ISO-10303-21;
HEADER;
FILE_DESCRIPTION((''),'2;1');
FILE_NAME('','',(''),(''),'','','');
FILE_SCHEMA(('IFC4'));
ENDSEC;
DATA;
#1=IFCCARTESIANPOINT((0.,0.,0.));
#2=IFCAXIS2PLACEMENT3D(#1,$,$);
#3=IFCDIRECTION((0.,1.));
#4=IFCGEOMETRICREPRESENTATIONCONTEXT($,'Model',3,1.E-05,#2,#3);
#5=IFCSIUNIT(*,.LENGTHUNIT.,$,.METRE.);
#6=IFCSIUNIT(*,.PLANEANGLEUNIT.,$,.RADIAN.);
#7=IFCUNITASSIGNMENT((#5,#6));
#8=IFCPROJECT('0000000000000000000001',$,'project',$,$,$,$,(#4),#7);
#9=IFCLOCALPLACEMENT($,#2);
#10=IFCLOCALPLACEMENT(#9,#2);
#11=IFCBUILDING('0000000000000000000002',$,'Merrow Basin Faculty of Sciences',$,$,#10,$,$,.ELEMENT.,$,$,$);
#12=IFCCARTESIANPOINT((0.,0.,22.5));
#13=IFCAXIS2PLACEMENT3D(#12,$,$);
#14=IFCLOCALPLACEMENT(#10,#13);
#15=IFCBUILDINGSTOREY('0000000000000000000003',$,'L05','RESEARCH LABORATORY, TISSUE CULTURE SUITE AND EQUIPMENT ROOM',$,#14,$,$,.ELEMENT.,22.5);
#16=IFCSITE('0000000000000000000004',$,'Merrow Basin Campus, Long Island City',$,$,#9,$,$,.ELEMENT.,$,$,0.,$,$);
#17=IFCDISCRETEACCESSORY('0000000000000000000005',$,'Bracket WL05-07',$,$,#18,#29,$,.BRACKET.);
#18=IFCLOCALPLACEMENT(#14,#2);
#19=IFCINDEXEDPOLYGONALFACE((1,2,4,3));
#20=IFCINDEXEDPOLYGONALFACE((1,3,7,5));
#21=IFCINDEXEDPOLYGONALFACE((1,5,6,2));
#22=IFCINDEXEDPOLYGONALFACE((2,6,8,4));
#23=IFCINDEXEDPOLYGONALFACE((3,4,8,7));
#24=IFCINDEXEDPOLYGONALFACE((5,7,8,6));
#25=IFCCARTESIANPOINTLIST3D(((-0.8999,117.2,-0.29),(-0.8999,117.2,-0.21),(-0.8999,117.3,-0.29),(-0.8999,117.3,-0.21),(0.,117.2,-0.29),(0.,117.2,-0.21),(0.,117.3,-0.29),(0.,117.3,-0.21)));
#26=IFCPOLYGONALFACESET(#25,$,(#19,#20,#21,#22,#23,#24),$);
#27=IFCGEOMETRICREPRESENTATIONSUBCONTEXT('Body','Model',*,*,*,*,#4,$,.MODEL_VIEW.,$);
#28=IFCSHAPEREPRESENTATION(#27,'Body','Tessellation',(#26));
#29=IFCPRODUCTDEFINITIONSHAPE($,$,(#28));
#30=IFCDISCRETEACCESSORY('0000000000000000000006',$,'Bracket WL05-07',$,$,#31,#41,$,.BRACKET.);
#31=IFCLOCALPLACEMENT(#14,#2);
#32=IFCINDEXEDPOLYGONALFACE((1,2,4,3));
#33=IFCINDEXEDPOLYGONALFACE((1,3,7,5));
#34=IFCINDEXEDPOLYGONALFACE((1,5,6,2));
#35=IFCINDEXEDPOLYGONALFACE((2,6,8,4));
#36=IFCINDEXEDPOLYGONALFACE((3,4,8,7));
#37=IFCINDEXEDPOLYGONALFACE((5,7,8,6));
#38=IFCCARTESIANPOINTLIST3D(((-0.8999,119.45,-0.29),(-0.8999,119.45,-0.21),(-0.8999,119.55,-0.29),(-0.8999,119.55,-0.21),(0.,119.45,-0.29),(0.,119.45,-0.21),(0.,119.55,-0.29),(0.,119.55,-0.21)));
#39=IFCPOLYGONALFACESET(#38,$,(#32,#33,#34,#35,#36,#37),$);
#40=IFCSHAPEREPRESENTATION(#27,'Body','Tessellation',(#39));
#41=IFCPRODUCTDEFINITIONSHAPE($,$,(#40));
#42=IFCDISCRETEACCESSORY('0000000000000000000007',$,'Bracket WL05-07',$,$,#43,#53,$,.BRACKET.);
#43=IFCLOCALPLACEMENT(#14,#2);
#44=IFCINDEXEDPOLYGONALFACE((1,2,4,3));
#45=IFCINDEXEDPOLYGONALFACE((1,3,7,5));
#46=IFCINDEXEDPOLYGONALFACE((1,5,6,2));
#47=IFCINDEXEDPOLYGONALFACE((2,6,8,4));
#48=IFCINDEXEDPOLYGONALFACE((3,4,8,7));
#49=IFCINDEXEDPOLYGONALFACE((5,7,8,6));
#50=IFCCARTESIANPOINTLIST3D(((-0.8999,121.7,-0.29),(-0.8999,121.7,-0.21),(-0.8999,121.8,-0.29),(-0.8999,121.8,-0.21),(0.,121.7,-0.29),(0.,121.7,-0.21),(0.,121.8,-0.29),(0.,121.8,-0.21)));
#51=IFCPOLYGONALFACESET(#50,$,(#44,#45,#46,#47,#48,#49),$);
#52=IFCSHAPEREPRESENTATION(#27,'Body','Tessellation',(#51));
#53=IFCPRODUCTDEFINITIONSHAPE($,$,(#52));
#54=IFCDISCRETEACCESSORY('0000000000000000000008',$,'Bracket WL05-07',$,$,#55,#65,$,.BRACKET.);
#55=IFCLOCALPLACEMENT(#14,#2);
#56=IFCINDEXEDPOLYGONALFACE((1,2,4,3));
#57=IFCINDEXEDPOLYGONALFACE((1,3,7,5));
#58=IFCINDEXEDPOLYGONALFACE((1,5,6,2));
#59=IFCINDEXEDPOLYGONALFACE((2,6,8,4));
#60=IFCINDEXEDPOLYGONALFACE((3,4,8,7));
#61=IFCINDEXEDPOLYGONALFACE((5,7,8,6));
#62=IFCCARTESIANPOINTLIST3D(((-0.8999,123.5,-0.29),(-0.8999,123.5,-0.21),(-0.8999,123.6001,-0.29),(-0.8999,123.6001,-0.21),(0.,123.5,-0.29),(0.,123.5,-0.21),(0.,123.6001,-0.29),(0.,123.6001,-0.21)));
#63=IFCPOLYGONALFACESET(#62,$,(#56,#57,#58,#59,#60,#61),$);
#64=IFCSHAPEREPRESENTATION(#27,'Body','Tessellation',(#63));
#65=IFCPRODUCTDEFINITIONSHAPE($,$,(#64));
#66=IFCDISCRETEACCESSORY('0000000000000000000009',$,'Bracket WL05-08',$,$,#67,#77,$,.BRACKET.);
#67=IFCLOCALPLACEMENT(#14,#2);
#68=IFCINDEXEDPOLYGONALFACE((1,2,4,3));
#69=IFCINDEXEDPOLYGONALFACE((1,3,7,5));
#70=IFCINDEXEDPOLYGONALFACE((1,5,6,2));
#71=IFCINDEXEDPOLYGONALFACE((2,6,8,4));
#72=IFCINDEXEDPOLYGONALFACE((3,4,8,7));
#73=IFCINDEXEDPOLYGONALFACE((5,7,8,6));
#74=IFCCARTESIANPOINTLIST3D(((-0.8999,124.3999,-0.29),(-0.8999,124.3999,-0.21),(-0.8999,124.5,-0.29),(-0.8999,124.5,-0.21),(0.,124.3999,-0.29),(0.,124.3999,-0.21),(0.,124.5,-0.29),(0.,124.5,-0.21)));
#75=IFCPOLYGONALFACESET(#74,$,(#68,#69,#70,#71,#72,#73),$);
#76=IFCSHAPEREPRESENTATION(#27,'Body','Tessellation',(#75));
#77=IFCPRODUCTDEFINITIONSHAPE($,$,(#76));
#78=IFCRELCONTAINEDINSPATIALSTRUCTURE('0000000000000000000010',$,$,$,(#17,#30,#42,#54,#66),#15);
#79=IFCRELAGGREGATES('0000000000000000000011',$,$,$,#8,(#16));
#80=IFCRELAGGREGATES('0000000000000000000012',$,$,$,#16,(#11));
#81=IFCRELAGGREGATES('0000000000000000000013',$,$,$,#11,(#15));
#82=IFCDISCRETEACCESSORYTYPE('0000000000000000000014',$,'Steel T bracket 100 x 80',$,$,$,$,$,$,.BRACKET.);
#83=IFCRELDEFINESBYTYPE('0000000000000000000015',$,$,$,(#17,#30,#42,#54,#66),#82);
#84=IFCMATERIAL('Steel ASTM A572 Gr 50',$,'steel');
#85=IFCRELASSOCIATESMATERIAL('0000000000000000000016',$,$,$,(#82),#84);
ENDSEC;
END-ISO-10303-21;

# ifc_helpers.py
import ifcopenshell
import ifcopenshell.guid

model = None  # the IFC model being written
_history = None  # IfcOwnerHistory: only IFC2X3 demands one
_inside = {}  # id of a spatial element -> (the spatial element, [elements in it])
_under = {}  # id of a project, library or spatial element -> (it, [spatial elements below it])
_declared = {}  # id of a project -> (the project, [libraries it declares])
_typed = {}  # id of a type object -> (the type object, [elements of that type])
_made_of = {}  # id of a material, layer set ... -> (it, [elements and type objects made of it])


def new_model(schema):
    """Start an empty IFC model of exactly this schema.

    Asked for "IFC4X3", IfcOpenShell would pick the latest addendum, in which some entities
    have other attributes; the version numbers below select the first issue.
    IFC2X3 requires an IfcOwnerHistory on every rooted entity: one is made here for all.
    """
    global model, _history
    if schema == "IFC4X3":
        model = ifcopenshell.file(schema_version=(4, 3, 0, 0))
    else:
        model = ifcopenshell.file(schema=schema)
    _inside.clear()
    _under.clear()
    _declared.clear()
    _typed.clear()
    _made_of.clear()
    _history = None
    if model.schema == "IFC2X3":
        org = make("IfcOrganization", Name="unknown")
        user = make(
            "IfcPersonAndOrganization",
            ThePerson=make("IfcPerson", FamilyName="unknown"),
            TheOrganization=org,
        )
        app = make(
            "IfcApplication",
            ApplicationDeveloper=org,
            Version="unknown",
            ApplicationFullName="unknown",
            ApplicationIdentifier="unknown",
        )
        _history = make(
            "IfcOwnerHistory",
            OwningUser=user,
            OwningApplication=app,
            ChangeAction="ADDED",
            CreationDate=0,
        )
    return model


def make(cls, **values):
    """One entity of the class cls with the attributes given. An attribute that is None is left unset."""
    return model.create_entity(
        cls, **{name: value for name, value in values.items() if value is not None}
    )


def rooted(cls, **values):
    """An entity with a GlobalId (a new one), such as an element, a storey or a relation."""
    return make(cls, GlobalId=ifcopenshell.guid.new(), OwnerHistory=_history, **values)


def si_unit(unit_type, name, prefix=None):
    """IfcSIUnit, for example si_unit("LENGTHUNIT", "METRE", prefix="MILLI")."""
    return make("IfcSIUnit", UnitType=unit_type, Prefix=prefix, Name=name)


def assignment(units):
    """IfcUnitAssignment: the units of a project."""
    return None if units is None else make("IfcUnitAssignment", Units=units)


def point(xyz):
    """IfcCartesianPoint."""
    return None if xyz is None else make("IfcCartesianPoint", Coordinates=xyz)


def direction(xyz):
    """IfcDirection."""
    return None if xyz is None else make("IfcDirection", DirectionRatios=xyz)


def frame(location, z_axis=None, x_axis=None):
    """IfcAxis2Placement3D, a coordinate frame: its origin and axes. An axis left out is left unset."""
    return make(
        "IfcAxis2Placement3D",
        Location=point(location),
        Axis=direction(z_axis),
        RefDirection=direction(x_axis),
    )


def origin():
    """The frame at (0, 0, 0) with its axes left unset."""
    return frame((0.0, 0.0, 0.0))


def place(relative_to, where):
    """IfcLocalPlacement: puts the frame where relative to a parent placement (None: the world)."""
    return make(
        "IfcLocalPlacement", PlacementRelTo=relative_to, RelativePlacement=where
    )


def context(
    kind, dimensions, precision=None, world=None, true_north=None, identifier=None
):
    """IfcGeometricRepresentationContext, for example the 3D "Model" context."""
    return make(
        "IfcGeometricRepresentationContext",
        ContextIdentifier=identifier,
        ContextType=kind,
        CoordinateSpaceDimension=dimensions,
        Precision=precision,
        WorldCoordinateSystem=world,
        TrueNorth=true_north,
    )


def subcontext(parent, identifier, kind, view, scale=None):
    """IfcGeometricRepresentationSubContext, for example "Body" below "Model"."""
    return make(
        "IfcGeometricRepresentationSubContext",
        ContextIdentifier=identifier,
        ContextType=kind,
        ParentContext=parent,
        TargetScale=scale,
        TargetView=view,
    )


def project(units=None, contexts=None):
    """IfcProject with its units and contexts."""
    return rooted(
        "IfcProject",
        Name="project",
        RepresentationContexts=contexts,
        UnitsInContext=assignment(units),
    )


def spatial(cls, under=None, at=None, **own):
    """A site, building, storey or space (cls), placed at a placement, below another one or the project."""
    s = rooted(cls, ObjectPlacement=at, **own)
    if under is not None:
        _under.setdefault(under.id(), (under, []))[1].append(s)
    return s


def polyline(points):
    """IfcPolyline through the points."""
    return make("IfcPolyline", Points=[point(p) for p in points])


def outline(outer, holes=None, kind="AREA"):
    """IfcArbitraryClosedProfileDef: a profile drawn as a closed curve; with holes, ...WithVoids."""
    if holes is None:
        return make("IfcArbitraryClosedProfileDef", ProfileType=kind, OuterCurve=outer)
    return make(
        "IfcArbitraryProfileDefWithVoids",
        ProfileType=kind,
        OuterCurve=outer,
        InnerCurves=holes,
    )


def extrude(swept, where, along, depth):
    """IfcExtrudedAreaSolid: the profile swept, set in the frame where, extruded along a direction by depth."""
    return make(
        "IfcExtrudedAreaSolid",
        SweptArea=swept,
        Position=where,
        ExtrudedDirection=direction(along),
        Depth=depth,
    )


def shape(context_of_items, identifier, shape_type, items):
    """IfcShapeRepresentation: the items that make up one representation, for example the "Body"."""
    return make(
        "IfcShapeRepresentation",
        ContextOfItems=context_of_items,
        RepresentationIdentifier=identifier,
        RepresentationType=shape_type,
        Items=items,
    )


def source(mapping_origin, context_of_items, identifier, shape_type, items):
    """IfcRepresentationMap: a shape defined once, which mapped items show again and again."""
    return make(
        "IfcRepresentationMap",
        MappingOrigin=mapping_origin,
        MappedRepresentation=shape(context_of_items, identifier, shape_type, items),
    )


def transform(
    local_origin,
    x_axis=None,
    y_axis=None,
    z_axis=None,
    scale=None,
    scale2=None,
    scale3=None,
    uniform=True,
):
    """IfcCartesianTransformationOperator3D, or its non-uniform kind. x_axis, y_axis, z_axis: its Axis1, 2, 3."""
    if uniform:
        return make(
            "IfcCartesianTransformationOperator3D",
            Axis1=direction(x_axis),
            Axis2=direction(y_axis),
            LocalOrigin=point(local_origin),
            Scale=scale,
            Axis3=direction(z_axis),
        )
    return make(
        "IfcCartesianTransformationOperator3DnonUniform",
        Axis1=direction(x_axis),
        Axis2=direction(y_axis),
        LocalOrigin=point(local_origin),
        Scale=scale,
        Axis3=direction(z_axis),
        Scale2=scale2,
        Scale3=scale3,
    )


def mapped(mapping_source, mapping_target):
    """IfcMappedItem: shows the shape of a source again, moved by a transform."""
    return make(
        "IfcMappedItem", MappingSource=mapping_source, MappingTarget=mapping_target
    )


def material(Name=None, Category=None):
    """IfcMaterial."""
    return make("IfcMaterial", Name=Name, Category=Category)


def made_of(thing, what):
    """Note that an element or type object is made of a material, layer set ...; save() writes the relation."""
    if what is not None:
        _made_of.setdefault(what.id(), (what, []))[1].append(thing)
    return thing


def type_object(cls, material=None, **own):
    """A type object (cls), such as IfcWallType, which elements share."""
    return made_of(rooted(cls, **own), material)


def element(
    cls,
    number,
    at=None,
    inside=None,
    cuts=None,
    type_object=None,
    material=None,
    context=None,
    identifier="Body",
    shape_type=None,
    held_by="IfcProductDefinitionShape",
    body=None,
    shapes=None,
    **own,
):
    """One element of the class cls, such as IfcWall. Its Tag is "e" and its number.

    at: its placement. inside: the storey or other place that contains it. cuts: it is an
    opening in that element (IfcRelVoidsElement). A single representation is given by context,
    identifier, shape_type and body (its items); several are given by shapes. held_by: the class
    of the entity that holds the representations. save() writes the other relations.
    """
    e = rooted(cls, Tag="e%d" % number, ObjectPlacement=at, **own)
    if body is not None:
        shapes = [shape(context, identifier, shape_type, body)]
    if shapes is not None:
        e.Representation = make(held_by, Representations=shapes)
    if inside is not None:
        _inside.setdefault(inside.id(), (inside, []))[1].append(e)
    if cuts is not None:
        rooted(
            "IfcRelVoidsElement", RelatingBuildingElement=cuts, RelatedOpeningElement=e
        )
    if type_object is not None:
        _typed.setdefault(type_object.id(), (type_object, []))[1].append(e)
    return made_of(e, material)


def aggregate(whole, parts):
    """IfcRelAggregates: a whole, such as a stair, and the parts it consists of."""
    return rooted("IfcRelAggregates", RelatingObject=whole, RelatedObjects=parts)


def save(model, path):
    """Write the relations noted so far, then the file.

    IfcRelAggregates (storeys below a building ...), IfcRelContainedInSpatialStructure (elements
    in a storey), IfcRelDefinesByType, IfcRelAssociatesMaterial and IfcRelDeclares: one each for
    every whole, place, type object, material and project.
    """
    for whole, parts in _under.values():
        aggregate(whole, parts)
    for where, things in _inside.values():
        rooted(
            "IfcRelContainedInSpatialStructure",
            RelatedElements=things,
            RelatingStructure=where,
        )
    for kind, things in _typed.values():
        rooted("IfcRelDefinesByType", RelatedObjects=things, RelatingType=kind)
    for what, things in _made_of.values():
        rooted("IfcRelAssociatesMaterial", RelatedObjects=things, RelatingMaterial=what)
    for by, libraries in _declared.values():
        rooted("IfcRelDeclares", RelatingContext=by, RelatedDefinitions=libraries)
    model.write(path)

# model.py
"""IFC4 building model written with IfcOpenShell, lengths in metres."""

from ifc_helpers import new_model, si_unit, direction, frame, origin, place, context, subcontext, project, spatial, polyline, outline, extrude, source, transform, mapped, material, type_object, element, save


model = new_model("IFC4")

# Units and contexts
model_context = context("Model", 3, precision=1e-05, world=origin(), true_north=direction((0.0, 1.0)))
body_context = subcontext(model_context, "Body", "Model", "MODEL_VIEW")
ifc_project = project(units=[si_unit("LENGTHUNIT", "METRE"), si_unit("PLANEANGLEUNIT", "RADIAN")], contexts=[model_context])

# Site, building, storey
site_placement = place(None, origin())
site = spatial("IfcSite", under=ifc_project, at=site_placement, Name="Merrow Basin Campus, Long Island City", CompositionType="ELEMENT", RefElevation=0.0)
building_placement = place(site_placement, origin())
building = spatial("IfcBuilding", under=site, at=building_placement, Name="Merrow Basin Faculty of Sciences", CompositionType="ELEMENT")
storey_placement = place(building_placement, frame((0.0, 0.0, 22.5)))
storey = spatial("IfcBuildingStorey", under=building, at=storey_placement, Name="L05", Description="RESEARCH LABORATORY, TISSUE CULTURE SUITE AND EQUIPMENT ROOM", CompositionType="ELEMENT", Elevation=22.5)

# Discrete accessories
ifc_material_1 = material(Name="Steel ASTM A572 Gr 50", Category="steel")
discrete_accessory_type = type_object("IfcDiscreteAccessoryType", Name="Steel T bracket 100 x 80", PredefinedType="BRACKET", material=ifc_material_1)
shared_shape_1 = source(origin(), body_context, "Body", "SweptSolid", [
    extrude(outline(polyline([(0.0, 0.0), (0.1001, 0.0), (0.1001, 0.0801), (0.0, 0.0801), (0.0, 0.0)])), origin(), (0.0, 0.0, 1.0), 0.8999),
])
for number, where, z_axis, x_axis, name in (
    (1, (-0.8999, 117.2, -0.29), (1.0, 0.0, 0.0), (0.0, 1.0, 0.0), "Bracket WL05-07"),
    (2, (-0.8999, 119.45, -0.29), (1.0, 0.0, 0.0), (0.0, 1.0, 0.0), "Bracket WL05-07"),
    (3, (-0.8999, 121.7, -0.29), (1.0, 0.0, 0.0), (0.0, 1.0, 0.0), "Bracket WL05-07"),
    (4, (-0.8999, 123.5, -0.29), (1.0, 0.0, 0.0), (0.0, 1.0, 0.0), "Bracket WL05-07"),
    (5, (-0.8999, 124.3999, -0.29), (1.0, 0.0, 0.0), (0.0, 1.0, 0.0), "Bracket WL05-08"),
):
    element("IfcDiscreteAccessory", number, at=place(storey_placement, frame(where, z_axis=z_axis, x_axis=x_axis)), inside=storey, type_object=discrete_accessory_type, Name=name, PredefinedType="BRACKET", context=body_context, shape_type="MappedRepresentation", body=[
        mapped(shared_shape_1, transform((0.0, 0.0, 0.0), scale=1.0)),
    ])

save(model, "model.ifc")
